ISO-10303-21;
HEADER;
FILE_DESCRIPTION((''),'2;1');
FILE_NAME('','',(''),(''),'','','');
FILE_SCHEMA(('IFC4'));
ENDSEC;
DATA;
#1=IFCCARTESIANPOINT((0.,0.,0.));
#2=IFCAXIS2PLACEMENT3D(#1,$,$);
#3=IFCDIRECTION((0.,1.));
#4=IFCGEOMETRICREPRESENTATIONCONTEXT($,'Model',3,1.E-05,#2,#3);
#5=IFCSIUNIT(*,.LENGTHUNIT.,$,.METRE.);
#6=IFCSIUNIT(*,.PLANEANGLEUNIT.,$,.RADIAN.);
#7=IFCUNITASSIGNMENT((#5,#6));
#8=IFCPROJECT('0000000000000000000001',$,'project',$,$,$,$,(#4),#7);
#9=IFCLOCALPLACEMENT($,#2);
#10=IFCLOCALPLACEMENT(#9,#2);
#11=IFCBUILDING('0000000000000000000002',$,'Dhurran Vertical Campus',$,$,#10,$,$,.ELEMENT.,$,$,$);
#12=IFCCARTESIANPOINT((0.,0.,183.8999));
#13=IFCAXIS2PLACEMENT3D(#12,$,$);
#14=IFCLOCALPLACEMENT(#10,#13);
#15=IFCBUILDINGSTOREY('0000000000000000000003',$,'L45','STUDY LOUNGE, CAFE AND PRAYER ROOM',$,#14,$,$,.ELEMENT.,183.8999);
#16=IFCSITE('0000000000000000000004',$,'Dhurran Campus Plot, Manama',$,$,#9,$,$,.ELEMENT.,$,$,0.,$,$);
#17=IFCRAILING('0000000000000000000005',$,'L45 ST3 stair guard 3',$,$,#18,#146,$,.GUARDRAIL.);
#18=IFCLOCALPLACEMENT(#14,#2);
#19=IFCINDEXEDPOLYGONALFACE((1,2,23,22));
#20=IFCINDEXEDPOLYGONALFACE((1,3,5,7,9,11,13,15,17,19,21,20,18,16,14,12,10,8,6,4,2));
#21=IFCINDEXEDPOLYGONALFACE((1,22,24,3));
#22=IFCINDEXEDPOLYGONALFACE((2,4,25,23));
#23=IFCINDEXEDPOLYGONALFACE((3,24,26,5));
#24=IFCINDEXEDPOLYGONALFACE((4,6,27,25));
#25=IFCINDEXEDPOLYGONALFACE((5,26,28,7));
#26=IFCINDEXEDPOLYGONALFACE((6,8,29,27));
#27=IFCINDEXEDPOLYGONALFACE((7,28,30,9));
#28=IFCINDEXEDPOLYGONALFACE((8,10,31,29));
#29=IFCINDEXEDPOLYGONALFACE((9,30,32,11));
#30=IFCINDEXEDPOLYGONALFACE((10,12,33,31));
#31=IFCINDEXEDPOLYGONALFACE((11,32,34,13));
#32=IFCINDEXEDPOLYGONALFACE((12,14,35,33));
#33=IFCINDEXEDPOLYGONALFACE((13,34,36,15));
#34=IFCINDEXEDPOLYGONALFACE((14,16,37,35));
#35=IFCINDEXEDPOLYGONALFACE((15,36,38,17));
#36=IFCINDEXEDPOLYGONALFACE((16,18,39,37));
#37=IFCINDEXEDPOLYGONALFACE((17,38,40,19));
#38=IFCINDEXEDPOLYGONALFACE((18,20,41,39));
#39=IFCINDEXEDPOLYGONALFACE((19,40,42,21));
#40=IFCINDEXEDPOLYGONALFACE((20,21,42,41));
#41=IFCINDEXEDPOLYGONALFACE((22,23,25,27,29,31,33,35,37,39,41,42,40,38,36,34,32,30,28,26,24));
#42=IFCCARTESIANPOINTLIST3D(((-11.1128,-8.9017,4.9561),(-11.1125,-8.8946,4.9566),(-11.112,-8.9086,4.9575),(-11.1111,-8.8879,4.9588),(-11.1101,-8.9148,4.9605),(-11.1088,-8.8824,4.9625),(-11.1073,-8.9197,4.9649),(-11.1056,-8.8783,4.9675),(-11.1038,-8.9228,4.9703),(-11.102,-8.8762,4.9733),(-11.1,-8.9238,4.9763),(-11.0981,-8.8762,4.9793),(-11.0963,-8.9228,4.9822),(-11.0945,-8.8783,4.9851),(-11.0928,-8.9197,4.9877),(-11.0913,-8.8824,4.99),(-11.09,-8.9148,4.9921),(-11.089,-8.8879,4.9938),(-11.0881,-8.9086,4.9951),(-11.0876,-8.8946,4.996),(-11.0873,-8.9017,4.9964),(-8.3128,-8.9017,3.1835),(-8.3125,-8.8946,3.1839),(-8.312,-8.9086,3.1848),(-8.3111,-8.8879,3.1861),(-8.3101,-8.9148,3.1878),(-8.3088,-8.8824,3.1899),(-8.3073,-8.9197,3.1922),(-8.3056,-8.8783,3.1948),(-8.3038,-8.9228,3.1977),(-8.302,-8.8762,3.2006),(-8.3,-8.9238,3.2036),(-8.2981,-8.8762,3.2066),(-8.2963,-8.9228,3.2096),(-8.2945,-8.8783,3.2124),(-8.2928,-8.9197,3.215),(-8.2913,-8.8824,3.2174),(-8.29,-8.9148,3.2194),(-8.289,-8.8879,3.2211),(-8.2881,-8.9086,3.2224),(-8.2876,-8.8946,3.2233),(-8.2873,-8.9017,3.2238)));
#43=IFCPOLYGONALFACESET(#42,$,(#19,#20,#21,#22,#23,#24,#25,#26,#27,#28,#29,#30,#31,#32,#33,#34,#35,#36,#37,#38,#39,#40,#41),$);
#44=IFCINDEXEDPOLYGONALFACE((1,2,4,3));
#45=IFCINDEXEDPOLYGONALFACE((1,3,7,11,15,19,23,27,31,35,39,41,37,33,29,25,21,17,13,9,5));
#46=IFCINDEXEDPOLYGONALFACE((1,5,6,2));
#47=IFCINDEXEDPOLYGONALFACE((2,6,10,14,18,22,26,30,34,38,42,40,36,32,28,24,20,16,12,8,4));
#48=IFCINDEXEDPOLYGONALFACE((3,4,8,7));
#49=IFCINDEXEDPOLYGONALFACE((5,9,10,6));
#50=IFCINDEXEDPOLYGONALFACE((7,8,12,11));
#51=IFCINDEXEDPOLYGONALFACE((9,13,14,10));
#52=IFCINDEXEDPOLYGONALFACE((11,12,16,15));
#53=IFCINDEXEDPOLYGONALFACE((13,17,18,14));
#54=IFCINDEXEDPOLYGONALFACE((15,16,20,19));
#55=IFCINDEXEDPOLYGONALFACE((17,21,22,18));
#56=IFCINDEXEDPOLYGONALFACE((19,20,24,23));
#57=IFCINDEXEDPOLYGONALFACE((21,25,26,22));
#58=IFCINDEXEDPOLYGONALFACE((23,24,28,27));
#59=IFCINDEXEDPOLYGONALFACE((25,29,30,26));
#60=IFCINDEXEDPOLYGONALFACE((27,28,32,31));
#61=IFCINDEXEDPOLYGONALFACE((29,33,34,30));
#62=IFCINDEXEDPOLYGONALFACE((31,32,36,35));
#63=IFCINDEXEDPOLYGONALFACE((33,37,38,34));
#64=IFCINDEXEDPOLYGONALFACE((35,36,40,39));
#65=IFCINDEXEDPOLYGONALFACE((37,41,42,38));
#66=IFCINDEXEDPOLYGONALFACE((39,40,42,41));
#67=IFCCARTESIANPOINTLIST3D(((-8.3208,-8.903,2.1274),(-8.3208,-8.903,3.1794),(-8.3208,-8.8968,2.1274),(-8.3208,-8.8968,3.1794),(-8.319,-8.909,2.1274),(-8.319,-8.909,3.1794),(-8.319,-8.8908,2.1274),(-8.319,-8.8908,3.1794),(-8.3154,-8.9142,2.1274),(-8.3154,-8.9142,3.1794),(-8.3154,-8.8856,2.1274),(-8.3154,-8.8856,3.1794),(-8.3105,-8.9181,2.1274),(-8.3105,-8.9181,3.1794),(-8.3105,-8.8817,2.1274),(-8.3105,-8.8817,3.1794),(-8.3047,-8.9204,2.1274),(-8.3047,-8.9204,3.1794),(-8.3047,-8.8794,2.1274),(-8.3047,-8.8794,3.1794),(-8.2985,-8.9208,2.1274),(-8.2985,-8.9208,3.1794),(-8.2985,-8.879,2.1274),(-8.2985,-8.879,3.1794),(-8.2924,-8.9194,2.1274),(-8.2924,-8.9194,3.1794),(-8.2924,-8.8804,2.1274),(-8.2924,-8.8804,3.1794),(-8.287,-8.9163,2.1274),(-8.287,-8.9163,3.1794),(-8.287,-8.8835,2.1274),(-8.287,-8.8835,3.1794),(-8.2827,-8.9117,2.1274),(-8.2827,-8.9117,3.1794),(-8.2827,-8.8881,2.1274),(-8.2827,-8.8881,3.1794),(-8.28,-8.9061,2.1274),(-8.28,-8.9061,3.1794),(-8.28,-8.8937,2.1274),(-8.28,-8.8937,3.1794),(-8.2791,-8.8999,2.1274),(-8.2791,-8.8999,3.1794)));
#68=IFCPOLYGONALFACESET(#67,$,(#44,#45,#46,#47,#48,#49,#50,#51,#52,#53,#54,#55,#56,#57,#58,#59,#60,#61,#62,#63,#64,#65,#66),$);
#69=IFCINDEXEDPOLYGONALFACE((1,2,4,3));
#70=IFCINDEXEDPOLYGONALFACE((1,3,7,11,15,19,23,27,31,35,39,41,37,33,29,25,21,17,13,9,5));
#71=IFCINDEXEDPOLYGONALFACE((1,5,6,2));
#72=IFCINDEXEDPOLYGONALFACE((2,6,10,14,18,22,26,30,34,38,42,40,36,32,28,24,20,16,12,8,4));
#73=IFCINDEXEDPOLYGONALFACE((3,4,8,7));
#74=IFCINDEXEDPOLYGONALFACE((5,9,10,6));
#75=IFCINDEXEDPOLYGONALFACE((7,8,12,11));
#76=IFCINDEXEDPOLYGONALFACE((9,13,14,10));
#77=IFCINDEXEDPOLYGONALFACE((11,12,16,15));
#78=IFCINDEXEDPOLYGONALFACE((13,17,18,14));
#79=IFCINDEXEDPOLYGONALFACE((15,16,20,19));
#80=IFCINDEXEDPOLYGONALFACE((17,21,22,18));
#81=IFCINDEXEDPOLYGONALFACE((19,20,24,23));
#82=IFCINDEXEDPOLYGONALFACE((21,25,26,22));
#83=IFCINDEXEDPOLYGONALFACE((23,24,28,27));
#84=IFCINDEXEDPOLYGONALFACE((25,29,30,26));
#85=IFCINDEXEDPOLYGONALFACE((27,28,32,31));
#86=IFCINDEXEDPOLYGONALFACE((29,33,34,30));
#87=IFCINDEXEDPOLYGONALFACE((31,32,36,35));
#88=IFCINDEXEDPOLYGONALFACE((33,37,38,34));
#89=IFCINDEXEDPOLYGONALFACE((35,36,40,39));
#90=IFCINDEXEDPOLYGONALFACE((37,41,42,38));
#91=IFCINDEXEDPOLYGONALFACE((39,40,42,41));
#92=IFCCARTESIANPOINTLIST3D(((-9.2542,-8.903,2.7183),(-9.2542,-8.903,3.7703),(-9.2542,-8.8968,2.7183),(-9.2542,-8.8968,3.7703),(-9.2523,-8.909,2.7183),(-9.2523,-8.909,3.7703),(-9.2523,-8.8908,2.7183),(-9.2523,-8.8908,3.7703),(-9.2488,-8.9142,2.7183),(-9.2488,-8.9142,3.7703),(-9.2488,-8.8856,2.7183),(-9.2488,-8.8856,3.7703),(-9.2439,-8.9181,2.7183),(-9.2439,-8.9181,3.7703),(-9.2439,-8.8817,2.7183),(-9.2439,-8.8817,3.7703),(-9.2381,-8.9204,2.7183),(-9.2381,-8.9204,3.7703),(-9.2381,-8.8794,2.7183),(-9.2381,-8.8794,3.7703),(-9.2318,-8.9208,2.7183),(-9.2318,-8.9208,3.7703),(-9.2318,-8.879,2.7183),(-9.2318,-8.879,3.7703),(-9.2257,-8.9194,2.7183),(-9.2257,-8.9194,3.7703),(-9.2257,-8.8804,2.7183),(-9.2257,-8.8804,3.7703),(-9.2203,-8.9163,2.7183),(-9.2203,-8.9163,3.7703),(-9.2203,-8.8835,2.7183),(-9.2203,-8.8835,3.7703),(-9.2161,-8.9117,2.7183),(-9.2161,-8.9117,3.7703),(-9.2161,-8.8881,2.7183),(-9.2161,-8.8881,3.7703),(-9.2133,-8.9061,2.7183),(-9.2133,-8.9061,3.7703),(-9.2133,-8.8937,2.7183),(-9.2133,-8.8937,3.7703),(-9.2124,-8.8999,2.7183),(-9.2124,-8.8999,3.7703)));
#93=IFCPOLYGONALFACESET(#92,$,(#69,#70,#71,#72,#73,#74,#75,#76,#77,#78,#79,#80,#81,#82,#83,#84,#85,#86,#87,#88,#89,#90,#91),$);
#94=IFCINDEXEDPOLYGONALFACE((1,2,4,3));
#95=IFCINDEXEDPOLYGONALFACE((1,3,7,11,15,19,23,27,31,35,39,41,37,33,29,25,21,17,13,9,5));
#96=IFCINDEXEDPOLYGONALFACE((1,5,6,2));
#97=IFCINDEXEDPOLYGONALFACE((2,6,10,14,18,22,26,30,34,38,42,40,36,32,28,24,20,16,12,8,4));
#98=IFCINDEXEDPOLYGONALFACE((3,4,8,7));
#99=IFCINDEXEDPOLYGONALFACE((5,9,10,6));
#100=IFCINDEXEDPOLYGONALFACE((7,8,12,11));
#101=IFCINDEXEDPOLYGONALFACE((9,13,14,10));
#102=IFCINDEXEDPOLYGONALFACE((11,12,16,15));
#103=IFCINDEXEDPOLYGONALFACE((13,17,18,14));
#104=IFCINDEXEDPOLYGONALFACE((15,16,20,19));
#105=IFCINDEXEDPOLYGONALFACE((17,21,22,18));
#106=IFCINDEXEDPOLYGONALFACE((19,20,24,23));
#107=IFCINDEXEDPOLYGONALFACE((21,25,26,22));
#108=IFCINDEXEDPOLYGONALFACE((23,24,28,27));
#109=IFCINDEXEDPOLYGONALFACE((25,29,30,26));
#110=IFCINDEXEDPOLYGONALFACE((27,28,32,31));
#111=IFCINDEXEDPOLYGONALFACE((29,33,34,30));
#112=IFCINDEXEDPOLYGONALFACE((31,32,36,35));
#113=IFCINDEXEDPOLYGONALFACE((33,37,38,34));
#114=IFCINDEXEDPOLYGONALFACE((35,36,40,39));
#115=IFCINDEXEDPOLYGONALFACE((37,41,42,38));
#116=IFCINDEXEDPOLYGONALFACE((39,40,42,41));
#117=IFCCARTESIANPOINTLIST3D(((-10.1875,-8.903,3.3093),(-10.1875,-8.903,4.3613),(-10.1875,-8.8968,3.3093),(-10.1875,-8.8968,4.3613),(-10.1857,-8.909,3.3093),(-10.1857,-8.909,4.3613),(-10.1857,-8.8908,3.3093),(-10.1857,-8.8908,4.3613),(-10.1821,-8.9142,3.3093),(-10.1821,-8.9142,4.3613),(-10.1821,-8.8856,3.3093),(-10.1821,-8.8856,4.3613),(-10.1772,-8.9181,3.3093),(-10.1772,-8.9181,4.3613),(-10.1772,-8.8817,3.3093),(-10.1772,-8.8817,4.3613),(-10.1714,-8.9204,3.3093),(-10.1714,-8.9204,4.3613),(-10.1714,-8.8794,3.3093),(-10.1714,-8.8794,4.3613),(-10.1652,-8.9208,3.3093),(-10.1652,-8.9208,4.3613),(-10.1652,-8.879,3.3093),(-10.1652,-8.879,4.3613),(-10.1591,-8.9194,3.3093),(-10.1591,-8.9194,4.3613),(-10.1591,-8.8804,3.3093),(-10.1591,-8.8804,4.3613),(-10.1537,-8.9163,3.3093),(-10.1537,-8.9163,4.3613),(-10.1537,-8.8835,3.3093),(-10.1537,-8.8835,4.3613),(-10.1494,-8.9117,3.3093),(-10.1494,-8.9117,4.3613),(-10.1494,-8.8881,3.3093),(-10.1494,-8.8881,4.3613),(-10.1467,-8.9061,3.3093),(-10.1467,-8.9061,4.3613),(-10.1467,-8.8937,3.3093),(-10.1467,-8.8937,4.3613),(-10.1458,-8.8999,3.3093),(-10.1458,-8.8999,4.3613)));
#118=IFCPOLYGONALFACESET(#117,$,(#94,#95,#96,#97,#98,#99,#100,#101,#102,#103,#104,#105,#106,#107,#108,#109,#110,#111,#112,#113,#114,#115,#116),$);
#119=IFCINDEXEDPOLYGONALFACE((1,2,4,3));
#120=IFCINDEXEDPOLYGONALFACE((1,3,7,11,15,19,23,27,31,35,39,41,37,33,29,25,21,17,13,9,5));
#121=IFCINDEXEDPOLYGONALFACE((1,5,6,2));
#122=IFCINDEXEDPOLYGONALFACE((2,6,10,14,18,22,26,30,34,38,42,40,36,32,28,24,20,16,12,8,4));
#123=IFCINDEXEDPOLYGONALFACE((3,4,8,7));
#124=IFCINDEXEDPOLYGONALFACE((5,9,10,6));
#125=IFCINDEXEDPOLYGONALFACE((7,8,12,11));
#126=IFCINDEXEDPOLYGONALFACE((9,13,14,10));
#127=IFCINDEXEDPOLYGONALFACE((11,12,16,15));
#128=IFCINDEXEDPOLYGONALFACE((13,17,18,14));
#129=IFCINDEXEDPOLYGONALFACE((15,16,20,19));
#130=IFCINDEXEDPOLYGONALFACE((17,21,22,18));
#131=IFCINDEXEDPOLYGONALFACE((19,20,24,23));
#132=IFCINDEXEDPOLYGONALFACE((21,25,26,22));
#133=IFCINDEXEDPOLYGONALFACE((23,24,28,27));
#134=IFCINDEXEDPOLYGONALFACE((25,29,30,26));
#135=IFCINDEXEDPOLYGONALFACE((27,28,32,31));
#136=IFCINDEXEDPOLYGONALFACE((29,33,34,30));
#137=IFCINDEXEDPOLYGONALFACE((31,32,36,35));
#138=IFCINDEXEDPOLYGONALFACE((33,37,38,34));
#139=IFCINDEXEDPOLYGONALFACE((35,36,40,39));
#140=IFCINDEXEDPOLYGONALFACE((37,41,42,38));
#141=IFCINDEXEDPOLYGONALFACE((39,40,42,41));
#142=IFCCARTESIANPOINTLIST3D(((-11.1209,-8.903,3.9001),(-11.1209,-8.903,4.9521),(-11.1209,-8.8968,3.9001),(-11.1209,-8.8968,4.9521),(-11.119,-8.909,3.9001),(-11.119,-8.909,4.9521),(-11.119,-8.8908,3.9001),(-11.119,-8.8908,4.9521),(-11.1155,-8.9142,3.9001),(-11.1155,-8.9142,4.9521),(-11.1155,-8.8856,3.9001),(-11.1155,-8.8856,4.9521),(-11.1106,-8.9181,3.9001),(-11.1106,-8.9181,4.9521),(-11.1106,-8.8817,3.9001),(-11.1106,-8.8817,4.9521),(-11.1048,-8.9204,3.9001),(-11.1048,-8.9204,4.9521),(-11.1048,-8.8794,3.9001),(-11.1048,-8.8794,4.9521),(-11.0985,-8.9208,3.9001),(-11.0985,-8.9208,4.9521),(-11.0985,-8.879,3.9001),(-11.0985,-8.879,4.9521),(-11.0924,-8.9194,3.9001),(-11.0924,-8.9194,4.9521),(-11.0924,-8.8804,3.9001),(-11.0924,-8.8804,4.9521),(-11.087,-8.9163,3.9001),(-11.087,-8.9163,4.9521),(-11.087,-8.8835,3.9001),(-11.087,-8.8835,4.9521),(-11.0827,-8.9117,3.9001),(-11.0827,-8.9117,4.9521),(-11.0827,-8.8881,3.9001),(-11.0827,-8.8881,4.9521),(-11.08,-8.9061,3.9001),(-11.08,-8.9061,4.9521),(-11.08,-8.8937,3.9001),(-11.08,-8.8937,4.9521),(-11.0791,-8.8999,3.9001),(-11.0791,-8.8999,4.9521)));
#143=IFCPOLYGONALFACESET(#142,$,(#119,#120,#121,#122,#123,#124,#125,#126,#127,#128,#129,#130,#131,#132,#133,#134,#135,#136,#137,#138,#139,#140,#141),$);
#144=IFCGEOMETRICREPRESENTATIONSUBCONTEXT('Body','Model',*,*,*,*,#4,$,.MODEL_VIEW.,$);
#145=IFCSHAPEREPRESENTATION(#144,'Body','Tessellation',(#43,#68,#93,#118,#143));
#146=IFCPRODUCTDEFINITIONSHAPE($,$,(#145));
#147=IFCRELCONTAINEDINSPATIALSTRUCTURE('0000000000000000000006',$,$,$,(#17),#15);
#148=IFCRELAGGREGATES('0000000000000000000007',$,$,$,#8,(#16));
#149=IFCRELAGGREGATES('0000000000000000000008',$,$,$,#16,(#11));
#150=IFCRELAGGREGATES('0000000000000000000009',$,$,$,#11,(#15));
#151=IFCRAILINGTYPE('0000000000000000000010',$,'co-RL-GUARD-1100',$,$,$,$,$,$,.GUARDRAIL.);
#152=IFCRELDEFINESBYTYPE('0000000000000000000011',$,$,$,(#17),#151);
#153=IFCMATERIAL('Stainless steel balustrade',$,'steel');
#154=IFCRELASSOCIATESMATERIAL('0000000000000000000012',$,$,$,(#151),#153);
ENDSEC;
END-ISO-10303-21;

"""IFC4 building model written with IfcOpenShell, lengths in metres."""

from ifc_helpers import new_model, si_unit, direction, frame, origin, origin_2d, place, context, subcontext, project, spatial, circle, extrude, material, type_object, element, save


model = new_model("IFC4")

# Units and contexts
model_context = context("Model", 3, precision=1e-05, world=origin(), true_north=direction((0.0, 1.0)))
body_context = subcontext(model_context, "Body", "Model", "MODEL_VIEW")
ifc_project = project(units=[si_unit("LENGTHUNIT", "METRE"), si_unit("PLANEANGLEUNIT", "RADIAN")], contexts=[model_context])

# Site, building, storey
site_placement = place(None, origin())
site = spatial("IfcSite", under=ifc_project, at=site_placement, Name="Dhurran Campus Plot, Manama", CompositionType="ELEMENT", RefElevation=0.0)
building_placement = place(site_placement, origin())
building = spatial("IfcBuilding", under=site, at=building_placement, Name="Dhurran Vertical Campus", CompositionType="ELEMENT")
storey_placement = place(building_placement, frame((0.0, 0.0, 183.8999)))
storey = spatial("IfcBuildingStorey", under=building, at=storey_placement, Name="L45", Description="STUDY LOUNGE, CAFE AND PRAYER ROOM", CompositionType="ELEMENT", Elevation=183.8999)

# Railing
ifc_material_1 = material(Name="Stainless steel balustrade", Category="steel")
railing_type_1 = type_object("IfcRailingType", Name="co-RL-GUARD-1100", PredefinedType="GUARDRAIL", material=ifc_material_1)
railing_1_placement = place(storey_placement, frame((-8.3, -8.8999, 2.1274)))
element("IfcRailing", 1, at=railing_1_placement, inside=storey, type_object=railing_type_1, Name="L45 ST3 stair guard 3", PredefinedType="GUARDRAIL", context=body_context, shape_type="SweptSolid", body=[
    extrude(circle(Radius=0.0239, at=origin_2d()), frame((0.0, 0.0, 1.0762), z_axis=(-0.844909, 0.0, 0.53491), x_axis=(0.0, -1.0, 0.0)), (0.0, 0.0, 1.0), 3.314),
    extrude(circle(Radius=0.021, at=origin_2d()), origin(), (0.0, 0.0, 1.0), 1.052),
    extrude(circle(Radius=0.021, at=origin_2d()), frame((-0.9333, 0.0, 0.5908)), (0.0, 0.0, 1.0), 1.052),
    extrude(circle(Radius=0.021, at=origin_2d()), frame((-1.8667, 0.0, 1.1819)), (0.0, 0.0, 1.0), 1.052),
    extrude(circle(Radius=0.021, at=origin_2d()), frame((-2.8, 0.0, 1.7727)), (0.0, 0.0, 1.0), 1.052),
])

save(model, "model.ifc")
